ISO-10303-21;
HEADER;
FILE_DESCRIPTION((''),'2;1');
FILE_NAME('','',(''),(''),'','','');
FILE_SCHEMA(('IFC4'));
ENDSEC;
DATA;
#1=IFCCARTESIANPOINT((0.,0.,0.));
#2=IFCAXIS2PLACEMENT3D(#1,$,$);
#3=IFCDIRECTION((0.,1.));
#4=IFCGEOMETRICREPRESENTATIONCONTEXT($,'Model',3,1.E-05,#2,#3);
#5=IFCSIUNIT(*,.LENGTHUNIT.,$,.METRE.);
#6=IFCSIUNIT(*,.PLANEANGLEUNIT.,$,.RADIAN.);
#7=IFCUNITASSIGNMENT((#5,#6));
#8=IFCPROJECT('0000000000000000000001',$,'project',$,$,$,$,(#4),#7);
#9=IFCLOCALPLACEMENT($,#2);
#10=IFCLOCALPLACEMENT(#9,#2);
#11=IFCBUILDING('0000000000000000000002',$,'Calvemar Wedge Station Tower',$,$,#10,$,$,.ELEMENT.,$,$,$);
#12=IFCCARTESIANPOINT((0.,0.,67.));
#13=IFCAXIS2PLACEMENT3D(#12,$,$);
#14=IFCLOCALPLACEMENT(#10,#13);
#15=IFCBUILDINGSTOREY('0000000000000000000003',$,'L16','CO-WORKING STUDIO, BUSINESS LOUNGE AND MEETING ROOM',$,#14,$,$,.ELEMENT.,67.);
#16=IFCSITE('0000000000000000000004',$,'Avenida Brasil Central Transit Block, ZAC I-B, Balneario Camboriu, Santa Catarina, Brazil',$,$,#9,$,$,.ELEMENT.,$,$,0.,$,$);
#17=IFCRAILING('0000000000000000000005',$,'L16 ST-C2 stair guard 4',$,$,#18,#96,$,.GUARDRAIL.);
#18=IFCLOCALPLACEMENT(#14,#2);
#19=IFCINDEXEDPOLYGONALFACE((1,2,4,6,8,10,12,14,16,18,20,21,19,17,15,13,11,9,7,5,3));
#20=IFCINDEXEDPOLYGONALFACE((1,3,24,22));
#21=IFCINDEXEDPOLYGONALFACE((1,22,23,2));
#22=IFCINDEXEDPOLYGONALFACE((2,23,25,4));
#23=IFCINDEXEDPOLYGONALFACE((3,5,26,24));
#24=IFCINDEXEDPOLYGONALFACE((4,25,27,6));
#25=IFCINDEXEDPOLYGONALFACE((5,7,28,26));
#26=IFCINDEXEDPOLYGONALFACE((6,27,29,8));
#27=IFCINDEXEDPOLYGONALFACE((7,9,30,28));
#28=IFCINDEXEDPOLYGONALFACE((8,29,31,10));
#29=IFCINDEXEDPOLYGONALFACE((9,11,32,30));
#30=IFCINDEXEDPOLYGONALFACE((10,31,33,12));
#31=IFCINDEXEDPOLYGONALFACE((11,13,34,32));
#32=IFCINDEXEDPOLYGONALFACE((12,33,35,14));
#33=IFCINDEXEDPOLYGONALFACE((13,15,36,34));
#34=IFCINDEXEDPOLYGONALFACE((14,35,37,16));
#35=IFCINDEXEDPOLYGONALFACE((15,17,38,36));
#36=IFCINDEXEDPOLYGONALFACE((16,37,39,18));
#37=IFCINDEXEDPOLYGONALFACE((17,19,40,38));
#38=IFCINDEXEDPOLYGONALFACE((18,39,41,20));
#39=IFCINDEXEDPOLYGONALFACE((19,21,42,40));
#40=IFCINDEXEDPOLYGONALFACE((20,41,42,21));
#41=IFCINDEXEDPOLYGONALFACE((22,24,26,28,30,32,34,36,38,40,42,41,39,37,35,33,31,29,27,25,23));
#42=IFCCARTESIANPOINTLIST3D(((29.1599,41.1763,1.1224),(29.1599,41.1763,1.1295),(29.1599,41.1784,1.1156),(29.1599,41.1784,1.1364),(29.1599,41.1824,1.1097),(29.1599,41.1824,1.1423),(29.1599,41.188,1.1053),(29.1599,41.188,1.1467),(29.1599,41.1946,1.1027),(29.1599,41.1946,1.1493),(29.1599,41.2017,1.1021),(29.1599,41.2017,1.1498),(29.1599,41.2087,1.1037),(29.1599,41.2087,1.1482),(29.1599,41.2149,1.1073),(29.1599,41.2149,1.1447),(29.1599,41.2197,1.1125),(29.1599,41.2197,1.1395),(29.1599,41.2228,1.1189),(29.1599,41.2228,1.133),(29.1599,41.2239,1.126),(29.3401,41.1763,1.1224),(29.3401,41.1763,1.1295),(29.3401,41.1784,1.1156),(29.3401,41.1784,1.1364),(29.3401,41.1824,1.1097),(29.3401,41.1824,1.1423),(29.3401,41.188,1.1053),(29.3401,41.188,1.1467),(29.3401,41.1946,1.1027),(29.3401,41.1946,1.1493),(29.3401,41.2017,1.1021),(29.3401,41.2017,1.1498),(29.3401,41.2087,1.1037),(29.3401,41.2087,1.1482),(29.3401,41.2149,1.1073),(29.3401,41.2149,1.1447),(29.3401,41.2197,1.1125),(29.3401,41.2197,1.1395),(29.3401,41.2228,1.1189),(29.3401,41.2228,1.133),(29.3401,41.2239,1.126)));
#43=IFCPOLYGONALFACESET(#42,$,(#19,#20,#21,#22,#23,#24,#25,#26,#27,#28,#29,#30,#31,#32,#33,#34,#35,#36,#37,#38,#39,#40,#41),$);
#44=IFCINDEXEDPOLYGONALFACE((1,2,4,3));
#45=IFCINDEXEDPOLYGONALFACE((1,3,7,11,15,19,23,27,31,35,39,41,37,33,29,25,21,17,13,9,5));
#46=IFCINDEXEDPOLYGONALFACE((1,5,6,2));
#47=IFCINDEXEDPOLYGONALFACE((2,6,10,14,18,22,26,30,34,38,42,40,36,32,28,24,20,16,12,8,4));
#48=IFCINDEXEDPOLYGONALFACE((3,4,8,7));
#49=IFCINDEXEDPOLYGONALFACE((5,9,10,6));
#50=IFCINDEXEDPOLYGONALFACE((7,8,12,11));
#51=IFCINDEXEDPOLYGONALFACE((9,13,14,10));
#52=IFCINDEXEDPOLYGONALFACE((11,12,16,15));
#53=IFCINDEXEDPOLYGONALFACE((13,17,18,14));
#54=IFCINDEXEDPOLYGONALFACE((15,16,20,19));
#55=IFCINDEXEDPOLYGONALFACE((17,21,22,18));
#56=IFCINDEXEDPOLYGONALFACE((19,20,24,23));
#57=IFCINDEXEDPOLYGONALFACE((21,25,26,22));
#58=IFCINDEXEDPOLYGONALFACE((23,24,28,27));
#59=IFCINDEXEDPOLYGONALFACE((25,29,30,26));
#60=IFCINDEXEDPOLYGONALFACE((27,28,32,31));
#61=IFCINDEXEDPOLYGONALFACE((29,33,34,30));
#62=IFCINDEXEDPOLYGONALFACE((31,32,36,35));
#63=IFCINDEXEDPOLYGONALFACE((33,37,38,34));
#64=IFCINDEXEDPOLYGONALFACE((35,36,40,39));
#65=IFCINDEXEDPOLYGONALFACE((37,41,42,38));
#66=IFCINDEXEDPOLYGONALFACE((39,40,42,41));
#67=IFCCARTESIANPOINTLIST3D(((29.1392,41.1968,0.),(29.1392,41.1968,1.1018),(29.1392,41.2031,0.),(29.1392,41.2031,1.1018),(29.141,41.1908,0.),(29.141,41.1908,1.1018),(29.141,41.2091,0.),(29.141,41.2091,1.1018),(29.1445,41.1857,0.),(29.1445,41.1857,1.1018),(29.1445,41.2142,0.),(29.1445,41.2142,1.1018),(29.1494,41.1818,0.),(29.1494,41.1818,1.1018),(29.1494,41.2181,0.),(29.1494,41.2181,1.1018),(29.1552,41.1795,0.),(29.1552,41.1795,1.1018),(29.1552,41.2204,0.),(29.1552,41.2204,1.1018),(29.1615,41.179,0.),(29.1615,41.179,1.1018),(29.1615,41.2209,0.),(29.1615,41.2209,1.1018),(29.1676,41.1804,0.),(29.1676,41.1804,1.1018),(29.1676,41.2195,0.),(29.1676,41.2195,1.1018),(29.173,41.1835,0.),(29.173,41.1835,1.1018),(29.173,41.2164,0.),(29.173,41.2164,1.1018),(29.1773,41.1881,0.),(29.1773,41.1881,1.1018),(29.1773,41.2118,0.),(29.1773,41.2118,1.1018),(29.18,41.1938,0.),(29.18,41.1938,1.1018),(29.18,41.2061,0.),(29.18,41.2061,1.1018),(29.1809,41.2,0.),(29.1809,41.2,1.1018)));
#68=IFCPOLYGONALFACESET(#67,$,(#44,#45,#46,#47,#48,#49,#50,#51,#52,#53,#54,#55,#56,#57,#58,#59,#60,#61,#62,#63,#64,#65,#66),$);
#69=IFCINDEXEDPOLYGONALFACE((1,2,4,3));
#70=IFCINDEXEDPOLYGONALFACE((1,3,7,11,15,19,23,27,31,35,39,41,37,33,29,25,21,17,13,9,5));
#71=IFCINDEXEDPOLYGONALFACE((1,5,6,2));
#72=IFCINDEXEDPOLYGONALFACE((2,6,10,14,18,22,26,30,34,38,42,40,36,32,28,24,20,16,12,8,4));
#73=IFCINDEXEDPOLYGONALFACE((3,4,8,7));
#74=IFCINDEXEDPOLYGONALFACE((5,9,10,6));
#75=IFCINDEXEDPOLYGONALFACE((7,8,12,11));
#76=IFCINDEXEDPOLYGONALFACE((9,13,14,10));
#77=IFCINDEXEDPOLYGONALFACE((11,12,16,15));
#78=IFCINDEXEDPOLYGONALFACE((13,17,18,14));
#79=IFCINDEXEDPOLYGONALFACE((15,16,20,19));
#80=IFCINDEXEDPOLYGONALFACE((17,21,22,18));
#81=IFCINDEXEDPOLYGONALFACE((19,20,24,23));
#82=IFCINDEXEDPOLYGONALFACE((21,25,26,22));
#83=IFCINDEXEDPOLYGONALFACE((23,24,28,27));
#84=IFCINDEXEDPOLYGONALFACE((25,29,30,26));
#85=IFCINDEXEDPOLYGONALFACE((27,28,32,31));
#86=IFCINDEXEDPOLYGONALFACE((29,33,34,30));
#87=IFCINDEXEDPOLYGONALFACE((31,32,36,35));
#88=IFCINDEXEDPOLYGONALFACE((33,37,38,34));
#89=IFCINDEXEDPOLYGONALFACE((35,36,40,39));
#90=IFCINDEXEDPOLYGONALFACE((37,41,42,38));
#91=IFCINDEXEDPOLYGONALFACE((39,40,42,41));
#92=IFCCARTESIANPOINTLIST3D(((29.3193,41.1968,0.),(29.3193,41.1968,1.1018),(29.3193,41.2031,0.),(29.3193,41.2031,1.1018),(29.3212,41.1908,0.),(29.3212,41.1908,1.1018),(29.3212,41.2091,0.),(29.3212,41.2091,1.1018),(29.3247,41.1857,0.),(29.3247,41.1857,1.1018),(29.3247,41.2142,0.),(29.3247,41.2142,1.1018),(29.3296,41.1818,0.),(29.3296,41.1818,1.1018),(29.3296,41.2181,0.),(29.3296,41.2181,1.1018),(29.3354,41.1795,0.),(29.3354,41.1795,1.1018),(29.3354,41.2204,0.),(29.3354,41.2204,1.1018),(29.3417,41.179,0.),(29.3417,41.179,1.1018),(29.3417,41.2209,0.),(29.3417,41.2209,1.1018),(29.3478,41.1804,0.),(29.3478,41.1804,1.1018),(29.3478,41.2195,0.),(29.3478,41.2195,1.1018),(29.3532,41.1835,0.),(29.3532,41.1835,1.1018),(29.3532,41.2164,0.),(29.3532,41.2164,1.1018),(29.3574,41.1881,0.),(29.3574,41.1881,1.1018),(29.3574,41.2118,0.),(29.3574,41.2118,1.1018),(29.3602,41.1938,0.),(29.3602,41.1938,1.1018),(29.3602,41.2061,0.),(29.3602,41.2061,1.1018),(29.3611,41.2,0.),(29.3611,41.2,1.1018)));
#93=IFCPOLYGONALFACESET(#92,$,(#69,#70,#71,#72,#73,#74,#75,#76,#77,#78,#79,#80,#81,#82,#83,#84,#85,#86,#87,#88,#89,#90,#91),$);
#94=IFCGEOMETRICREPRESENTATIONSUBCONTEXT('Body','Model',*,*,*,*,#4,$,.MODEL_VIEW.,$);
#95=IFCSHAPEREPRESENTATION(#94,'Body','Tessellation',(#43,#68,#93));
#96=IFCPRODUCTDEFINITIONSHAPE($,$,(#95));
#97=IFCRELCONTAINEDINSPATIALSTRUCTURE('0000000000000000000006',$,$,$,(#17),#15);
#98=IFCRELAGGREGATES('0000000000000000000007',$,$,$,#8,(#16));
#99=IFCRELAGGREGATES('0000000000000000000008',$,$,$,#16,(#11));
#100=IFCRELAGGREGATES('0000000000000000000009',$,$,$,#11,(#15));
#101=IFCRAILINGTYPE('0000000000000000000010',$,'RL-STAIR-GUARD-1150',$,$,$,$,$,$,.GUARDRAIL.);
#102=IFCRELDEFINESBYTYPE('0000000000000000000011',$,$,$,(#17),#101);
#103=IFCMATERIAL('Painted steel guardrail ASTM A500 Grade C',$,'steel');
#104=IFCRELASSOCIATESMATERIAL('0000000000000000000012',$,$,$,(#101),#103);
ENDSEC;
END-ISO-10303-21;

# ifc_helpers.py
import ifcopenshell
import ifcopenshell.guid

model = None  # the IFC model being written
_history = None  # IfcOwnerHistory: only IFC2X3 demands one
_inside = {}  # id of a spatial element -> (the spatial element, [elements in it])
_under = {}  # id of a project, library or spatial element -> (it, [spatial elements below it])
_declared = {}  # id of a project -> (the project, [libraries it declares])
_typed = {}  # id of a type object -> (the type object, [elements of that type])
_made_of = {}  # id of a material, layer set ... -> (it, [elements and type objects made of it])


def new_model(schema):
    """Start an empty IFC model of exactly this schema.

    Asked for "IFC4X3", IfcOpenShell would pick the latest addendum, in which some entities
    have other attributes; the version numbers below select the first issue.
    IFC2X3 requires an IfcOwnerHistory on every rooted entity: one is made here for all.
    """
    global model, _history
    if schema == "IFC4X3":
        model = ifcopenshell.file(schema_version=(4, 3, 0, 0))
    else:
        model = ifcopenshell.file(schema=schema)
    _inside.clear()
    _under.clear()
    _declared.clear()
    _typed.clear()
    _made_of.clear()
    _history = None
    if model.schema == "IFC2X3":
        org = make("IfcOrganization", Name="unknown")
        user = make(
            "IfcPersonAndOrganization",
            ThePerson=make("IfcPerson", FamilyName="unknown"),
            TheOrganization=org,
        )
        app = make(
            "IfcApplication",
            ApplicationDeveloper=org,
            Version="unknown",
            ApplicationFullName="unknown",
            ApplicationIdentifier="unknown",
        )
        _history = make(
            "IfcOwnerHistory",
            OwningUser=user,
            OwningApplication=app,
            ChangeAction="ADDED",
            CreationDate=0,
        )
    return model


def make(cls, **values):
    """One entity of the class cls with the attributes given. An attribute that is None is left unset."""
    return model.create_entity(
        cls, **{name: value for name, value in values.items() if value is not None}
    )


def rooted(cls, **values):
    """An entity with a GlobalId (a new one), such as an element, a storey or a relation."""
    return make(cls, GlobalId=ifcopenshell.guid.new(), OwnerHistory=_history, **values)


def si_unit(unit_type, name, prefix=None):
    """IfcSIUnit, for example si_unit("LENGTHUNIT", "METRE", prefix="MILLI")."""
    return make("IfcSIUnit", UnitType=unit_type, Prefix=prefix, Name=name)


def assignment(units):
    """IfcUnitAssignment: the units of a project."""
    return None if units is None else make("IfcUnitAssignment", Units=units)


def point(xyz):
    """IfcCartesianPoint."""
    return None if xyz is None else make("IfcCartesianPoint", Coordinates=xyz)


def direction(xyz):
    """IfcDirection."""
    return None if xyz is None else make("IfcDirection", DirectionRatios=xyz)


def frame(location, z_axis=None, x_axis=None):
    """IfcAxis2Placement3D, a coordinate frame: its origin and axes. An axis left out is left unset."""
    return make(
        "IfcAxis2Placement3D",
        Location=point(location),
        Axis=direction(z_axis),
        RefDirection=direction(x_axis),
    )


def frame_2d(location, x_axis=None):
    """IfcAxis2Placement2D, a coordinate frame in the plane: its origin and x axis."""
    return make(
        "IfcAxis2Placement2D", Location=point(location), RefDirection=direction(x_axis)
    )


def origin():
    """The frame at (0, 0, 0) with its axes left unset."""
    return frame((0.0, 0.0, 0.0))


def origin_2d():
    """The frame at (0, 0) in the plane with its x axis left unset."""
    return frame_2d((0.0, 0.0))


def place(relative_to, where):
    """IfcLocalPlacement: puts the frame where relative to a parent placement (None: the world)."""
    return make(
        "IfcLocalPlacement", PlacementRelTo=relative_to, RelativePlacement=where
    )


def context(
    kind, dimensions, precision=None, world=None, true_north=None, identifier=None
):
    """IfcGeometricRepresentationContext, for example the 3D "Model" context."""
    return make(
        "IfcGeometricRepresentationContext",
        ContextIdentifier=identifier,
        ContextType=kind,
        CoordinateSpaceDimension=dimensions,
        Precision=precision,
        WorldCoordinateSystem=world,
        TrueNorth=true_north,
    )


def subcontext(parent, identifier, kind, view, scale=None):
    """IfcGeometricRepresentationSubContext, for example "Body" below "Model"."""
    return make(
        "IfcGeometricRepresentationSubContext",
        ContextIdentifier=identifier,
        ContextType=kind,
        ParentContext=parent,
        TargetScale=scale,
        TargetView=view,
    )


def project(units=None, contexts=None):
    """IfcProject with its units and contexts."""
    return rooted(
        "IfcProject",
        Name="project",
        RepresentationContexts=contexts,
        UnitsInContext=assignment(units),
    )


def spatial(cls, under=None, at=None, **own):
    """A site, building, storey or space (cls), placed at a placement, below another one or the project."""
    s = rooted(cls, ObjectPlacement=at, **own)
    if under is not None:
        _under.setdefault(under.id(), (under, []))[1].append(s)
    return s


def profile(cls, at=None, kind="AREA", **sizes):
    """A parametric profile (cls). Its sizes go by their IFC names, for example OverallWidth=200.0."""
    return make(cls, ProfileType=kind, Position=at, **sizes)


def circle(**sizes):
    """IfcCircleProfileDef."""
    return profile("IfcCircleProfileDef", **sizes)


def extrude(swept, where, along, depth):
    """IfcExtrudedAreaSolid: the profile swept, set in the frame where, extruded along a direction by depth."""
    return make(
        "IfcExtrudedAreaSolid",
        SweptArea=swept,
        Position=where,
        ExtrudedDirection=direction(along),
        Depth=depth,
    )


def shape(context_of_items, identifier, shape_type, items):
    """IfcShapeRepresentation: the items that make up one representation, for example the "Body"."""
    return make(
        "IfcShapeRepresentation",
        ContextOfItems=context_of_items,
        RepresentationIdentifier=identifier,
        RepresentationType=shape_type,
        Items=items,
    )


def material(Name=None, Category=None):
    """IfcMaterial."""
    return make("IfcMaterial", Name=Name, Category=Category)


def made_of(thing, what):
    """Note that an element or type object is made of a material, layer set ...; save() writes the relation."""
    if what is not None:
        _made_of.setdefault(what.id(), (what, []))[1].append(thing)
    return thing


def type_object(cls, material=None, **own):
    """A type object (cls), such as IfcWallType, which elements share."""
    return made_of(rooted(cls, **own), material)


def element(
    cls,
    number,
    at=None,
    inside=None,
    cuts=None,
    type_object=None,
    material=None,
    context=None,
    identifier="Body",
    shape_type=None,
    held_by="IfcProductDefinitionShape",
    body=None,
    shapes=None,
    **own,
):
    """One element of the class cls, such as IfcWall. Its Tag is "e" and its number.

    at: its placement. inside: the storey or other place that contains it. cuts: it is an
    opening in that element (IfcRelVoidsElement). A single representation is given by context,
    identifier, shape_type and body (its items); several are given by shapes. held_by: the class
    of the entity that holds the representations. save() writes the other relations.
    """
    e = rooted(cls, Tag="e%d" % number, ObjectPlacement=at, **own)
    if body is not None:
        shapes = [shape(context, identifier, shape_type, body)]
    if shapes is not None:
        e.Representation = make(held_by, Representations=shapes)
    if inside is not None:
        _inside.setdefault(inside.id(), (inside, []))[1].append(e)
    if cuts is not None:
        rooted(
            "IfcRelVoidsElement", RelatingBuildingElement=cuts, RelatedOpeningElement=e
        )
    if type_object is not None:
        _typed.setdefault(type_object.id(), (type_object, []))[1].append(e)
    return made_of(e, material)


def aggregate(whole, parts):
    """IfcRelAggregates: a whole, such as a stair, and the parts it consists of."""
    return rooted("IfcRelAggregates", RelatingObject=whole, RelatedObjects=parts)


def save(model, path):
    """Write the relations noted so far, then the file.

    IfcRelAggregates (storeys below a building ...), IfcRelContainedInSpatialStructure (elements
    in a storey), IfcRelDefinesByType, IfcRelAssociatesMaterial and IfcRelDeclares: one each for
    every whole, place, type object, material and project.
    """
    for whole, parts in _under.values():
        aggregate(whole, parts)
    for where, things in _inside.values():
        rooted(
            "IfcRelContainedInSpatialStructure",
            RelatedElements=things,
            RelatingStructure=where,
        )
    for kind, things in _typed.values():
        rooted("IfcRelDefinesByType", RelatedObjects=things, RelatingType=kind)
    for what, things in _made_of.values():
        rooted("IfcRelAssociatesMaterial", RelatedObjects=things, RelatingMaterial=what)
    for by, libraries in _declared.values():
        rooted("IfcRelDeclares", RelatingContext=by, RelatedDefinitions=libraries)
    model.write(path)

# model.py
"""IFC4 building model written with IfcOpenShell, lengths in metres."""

from ifc_helpers import new_model, si_unit, direction, frame, origin, origin_2d, place, context, subcontext, project, spatial, circle, extrude, material, type_object, element, save


model = new_model("IFC4")

# Units and contexts
model_context = context("Model", 3, precision=1e-05, world=origin(), true_north=direction((0.0, 1.0)))
body_context = subcontext(model_context, "Body", "Model", "MODEL_VIEW")
ifc_project = project(units=[si_unit("LENGTHUNIT", "METRE"), si_unit("PLANEANGLEUNIT", "RADIAN")], contexts=[model_context])

# Site, building, storey
site_placement = place(None, origin())
site = spatial("IfcSite", under=ifc_project, at=site_placement, Name="Avenida Brasil Central Transit Block, ZAC I-B, Balneario Camboriu, Santa Catarina, Brazil", CompositionType="ELEMENT", RefElevation=0.0)
building_placement = place(site_placement, origin())
building = spatial("IfcBuilding", under=site, at=building_placement, Name="Calvemar Wedge Station Tower", CompositionType="ELEMENT")
storey_placement = place(building_placement, frame((0.0, 0.0, 67.0)))
storey = spatial("IfcBuildingStorey", under=building, at=storey_placement, Name="L16", Description="CO-WORKING STUDIO, BUSINESS LOUNGE AND MEETING ROOM", CompositionType="ELEMENT", Elevation=67.0)

# Railing
ifc_material_1 = material(Name="Painted steel guardrail ASTM A500 Grade C", Category="steel")
railing_type_1 = type_object("IfcRailingType", Name="RL-STAIR-GUARD-1150", PredefinedType="GUARDRAIL", material=ifc_material_1)
railing_1_placement = place(storey_placement, frame((29.1599, 41.2, 0.0)))
element("IfcRailing", 1, at=railing_1_placement, inside=storey, type_object=railing_type_1, Name="L16 ST-C2 stair guard 4", PredefinedType="GUARDRAIL", context=body_context, shape_type="SweptSolid", body=[
    extrude(circle(Radius=0.0239, at=origin_2d()), frame((0.0, 0.0, 1.126), z_axis=(1.0, 0.0, 0.0), x_axis=(0.0, 1.0, 0.0)), (0.0, 0.0, 1.0), 0.1802),
    extrude(circle(Radius=0.021, at=origin_2d()), origin(), (0.0, 0.0, 1.0), 1.1018),
    extrude(circle(Radius=0.021, at=origin_2d()), frame((0.1802, 0.0, 0.0)), (0.0, 0.0, 1.0), 1.1018),
])

save(model, "model.ifc")
